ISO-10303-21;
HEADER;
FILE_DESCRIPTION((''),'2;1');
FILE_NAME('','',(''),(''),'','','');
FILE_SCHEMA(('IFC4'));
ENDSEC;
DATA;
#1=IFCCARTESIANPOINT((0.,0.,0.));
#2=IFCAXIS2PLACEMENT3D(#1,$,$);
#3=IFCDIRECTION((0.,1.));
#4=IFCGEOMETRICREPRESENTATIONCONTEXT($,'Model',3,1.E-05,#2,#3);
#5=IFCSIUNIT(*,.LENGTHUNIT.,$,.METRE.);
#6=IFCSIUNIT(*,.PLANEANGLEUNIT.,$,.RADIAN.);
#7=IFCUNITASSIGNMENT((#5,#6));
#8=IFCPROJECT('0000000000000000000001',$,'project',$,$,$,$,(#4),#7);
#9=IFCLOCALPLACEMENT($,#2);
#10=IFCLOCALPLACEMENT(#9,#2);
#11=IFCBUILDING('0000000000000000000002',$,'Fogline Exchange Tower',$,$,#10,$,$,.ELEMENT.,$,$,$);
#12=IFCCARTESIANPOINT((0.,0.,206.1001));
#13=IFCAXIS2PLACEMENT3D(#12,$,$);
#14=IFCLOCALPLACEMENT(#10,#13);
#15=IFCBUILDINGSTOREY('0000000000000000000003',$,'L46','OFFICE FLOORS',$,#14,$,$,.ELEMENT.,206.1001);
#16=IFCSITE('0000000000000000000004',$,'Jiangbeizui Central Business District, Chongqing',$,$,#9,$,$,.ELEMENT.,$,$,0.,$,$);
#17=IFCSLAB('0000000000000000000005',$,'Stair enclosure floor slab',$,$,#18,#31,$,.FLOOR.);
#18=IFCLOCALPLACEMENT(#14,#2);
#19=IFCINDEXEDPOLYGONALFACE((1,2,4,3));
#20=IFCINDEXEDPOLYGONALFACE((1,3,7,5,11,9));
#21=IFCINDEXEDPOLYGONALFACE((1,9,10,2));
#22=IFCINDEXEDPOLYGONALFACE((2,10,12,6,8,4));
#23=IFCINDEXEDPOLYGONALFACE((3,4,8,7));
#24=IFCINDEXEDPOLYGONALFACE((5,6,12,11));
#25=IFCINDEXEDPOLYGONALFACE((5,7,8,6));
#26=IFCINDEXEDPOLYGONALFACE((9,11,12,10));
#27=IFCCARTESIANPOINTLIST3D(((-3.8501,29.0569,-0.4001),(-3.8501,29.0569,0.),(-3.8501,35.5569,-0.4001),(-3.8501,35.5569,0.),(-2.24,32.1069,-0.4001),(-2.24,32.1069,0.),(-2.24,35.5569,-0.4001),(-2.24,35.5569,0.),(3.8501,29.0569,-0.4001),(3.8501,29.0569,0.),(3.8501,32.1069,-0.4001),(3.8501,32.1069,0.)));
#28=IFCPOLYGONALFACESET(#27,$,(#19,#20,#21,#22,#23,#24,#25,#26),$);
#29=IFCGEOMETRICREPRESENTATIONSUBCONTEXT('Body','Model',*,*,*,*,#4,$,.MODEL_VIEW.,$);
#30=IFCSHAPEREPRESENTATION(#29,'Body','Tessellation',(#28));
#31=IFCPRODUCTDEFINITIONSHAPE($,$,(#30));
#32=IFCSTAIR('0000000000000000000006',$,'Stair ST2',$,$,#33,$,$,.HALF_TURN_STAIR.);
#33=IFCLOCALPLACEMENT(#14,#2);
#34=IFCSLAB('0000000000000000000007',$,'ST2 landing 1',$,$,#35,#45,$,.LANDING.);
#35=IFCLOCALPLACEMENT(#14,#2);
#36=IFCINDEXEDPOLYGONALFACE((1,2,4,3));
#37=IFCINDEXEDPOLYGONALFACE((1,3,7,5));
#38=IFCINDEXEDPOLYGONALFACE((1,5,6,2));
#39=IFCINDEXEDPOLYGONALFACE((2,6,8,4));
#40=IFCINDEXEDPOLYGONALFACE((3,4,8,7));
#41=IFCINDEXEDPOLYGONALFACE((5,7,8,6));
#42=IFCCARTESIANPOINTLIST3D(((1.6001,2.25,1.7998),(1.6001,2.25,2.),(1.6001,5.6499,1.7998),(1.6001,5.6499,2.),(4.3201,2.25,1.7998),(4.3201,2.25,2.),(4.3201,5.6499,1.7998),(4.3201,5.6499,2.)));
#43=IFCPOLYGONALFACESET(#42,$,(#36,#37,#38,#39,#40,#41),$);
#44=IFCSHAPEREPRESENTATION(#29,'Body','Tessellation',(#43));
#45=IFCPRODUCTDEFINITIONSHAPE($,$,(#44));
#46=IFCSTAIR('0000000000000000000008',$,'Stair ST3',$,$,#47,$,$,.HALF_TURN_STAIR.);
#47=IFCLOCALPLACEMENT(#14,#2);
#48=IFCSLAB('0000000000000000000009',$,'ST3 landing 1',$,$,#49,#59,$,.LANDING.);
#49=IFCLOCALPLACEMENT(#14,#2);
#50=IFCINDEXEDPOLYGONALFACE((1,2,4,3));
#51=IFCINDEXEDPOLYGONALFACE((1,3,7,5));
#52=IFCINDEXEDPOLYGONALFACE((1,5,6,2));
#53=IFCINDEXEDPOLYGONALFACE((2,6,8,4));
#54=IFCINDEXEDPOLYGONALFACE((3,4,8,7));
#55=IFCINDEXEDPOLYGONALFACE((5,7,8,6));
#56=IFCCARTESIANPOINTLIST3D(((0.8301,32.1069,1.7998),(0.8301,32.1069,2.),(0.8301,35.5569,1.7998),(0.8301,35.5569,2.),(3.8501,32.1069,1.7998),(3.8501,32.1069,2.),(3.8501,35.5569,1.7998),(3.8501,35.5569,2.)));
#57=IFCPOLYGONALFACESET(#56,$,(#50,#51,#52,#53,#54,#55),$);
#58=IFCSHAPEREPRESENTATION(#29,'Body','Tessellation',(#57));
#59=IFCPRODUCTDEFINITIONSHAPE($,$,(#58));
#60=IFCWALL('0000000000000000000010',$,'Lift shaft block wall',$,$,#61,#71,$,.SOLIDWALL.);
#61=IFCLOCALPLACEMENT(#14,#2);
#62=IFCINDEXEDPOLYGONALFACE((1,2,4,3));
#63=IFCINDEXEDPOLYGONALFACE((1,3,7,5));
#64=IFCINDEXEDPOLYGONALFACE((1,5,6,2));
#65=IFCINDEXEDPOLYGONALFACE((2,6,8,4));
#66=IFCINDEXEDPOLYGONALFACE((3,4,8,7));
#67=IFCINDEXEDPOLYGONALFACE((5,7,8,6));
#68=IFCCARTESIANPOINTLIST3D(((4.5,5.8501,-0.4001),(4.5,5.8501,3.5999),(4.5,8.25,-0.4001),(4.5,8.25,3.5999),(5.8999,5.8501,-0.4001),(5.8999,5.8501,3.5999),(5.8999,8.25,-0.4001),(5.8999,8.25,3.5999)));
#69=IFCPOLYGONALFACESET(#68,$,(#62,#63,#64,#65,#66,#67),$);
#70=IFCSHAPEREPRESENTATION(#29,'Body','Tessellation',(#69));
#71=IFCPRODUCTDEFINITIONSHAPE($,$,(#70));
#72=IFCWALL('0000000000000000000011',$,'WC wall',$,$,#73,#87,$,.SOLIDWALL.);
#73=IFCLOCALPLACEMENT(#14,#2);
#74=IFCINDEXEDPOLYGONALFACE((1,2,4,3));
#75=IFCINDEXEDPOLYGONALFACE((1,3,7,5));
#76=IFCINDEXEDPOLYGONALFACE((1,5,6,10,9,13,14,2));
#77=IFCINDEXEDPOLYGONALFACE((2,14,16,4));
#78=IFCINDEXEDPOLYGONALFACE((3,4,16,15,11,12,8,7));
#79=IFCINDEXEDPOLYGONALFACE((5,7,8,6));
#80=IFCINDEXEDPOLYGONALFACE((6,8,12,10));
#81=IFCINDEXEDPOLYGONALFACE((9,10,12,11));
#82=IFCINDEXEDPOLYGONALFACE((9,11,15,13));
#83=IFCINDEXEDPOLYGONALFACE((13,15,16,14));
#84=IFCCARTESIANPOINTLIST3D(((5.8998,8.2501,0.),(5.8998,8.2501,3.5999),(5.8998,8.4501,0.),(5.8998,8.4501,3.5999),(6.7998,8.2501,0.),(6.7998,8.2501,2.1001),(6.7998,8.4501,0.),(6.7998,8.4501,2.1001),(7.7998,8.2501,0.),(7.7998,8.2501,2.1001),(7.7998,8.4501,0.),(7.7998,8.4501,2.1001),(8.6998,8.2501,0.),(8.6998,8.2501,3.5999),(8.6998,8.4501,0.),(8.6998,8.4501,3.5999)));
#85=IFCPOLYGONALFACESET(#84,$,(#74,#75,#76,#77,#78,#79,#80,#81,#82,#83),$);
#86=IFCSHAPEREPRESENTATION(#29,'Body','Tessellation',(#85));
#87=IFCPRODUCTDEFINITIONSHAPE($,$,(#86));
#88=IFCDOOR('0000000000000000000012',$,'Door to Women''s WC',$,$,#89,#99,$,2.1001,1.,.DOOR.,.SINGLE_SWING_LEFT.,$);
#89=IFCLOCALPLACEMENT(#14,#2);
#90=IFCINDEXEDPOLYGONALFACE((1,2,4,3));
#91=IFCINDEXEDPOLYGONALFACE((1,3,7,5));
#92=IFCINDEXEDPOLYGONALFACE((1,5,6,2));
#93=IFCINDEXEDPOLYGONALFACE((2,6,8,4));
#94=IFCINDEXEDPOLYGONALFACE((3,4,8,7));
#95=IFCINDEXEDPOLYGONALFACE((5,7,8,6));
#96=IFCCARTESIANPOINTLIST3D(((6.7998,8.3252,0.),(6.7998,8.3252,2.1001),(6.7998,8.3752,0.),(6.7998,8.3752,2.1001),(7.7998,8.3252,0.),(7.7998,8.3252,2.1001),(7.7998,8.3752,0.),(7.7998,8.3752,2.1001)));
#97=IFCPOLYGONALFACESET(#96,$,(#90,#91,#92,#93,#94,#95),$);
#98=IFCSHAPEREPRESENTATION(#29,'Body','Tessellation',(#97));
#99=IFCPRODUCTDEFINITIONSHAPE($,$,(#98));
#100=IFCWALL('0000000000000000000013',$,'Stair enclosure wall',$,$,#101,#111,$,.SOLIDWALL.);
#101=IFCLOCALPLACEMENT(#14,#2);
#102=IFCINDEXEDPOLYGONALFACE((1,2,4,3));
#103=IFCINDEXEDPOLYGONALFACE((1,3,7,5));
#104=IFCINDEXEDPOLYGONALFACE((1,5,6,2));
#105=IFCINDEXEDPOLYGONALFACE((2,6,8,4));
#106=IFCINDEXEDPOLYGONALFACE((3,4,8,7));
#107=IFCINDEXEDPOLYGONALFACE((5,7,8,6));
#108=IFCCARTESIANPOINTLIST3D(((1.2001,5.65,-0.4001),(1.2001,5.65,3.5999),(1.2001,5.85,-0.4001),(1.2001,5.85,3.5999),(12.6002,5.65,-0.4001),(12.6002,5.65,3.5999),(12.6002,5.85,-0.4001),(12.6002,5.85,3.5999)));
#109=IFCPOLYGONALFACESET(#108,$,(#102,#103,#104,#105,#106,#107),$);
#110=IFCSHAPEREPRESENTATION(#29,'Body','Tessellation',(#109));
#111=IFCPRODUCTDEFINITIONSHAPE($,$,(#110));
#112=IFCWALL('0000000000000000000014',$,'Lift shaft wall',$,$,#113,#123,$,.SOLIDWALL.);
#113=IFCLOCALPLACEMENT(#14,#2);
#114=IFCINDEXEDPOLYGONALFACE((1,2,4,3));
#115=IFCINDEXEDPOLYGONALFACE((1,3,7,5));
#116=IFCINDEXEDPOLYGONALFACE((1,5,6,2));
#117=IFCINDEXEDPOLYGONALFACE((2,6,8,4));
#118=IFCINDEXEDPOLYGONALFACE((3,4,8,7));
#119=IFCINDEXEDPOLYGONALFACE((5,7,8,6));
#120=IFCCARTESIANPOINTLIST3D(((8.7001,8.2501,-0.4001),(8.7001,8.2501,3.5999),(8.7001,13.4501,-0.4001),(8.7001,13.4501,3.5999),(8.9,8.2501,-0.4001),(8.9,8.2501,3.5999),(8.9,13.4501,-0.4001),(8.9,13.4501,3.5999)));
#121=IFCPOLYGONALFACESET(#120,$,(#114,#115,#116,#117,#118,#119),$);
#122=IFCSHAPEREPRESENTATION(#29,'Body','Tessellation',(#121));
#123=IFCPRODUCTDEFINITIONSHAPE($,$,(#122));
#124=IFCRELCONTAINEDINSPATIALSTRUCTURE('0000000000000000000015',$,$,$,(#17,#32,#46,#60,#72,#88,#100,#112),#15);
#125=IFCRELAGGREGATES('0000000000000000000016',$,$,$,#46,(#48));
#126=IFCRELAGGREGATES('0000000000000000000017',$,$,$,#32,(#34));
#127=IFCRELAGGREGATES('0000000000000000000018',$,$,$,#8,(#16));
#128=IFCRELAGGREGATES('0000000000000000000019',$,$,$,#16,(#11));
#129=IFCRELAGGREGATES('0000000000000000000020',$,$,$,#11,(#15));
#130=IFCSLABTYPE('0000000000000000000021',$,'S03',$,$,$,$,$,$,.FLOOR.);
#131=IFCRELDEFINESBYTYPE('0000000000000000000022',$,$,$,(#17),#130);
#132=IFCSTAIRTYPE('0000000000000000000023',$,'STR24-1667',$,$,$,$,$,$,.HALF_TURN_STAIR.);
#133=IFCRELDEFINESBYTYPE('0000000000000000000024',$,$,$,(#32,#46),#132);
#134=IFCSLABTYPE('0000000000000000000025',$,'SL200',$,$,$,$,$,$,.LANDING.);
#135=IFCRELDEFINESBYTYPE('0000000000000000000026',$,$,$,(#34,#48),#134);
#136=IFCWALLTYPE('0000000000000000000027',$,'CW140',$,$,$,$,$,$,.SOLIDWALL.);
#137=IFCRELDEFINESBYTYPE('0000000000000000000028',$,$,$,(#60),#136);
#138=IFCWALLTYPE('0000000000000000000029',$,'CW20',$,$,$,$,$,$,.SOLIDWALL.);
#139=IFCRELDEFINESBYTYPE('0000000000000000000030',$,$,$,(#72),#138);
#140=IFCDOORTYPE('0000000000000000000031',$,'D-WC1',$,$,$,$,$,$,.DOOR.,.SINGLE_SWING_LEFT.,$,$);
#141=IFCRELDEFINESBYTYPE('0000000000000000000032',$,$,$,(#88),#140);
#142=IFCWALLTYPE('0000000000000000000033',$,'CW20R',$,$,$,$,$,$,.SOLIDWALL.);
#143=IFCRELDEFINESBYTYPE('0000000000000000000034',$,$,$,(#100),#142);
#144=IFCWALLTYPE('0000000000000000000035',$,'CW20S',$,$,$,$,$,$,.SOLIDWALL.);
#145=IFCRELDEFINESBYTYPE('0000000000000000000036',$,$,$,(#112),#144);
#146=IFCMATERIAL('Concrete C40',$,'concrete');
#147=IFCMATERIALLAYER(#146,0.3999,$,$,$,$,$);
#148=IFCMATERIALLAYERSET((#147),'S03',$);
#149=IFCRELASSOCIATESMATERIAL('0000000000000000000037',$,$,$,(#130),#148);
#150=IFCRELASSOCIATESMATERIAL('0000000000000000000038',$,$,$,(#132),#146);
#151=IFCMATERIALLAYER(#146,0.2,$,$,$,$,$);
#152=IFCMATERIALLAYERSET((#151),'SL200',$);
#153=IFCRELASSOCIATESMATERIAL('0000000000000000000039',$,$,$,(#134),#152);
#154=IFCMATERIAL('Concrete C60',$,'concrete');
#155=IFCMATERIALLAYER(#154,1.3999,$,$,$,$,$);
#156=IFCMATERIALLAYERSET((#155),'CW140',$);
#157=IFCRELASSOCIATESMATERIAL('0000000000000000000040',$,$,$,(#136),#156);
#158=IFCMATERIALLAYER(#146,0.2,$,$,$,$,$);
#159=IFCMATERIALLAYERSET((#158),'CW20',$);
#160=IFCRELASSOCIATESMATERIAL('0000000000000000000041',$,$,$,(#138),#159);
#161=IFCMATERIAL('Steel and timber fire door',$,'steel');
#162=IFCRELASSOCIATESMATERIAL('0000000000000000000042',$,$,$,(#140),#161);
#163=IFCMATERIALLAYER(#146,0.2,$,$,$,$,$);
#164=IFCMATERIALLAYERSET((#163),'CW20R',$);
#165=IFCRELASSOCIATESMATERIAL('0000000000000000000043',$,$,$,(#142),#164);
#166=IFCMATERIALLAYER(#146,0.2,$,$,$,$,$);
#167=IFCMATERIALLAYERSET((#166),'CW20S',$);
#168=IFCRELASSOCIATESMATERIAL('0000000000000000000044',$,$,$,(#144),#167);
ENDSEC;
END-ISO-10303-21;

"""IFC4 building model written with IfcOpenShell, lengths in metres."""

from ifc_helpers import new_model, si_unit, direction, frame, frame_2d, origin, place, context, subcontext, project, spatial, polyline, rectangle, outline, extrude, material, layer, layer_set, type_object, element, fill, aggregate, save


model = new_model("IFC4")

# Units and contexts
model_context = context("Model", 3, precision=1e-05, world=origin(), true_north=direction((0.0, 1.0)))
body_context = subcontext(model_context, "Body", "Model", "MODEL_VIEW")
ifc_project = project(units=[si_unit("LENGTHUNIT", "METRE"), si_unit("PLANEANGLEUNIT", "RADIAN")], contexts=[model_context])

# Site, building, storey
site_placement = place(None, origin())
site = spatial("IfcSite", under=ifc_project, at=site_placement, Name="Jiangbeizui Central Business District, Chongqing", CompositionType="ELEMENT", RefElevation=0.0)
building_placement = place(site_placement, origin())
building = spatial("IfcBuilding", under=site, at=building_placement, Name="Fogline Exchange Tower", CompositionType="ELEMENT")
storey_placement = place(building_placement, frame((0.0, 0.0, 206.1001)))
storey = spatial("IfcBuildingStorey", under=building, at=storey_placement, Name="L46", Description="OFFICE FLOORS", CompositionType="ELEMENT", Elevation=206.1001)

# Slab
ifc_material_1 = material(Name="Concrete C40", Category="concrete")
ifc_layer_1 = layer(ifc_material_1, 0.3999)
ifc_layer_set_1 = layer_set([ifc_layer_1], Name="S03")
slab_type_1 = type_object("IfcSlabType", Name="S03", PredefinedType="FLOOR", material=ifc_layer_set_1)
slab_1_placement = place(storey_placement, frame((0.0, 0.0, -0.4001)))
element("IfcSlab", 1, at=slab_1_placement, inside=storey, type_object=slab_type_1, Name="Stair enclosure floor slab", PredefinedType="FLOOR", context=body_context, shape_type="SweptSolid", body=[
    extrude(outline(polyline([(3.8501, 29.0569), (-3.8501, 29.0569), (-3.8501, 35.5569), (-2.24, 35.5569), (-2.24, 32.1069), (3.8501, 32.1069), (3.8501, 29.0569)])), origin(), (0.0, 0.0, 1.0), 0.4001),
])

# Stairs, slabs
stair_type = type_object("IfcStairType", Name="STR24-1667", PredefinedType="HALF_TURN_STAIR", material=ifc_material_1)
stair_1_placement = place(storey_placement, origin())
stair_1 = element("IfcStair", 2, at=stair_1_placement, inside=storey, type_object=stair_type, Name="Stair ST2", PredefinedType="HALF_TURN_STAIR")
ifc_layer_2 = layer(ifc_material_1, 0.2)
ifc_layer_set_2 = layer_set([ifc_layer_2], Name="SL200")
slab_type_2 = type_object("IfcSlabType", Name="SL200", PredefinedType="LANDING", material=ifc_layer_set_2)
slab_2_placement = place(storey_placement, frame((0.0, 0.0, 1.7998)))
slab_2 = element("IfcSlab", 3, at=slab_2_placement, type_object=slab_type_2, Name="ST2 landing 1", PredefinedType="LANDING", context=body_context, shape_type="SweptSolid", body=[
    extrude(outline(polyline([(1.6001, 2.25), (4.3201, 2.25), (4.3201, 5.6499), (1.6001, 5.6499), (1.6001, 2.25)])), origin(), (0.0, 0.0, 1.0), 0.2002),
])
stair_2_placement = place(storey_placement, origin())
stair_2 = element("IfcStair", 4, at=stair_2_placement, inside=storey, type_object=stair_type, Name="Stair ST3", PredefinedType="HALF_TURN_STAIR")
slab_3_placement = place(storey_placement, frame((0.0, 0.0, 1.7998)))
slab_3 = element("IfcSlab", 5, at=slab_3_placement, type_object=slab_type_2, Name="ST3 landing 1", PredefinedType="LANDING", context=body_context, shape_type="SweptSolid", body=[
    extrude(outline(polyline([(0.8301, 32.1069), (3.8501, 32.1069), (3.8501, 35.5569), (0.8301, 35.5569), (0.8301, 32.1069)])), origin(), (0.0, 0.0, 1.0), 0.2002),
])
aggregate(stair_2, [slab_3])

# Wall
ifc_material_2 = material(Name="Concrete C60", Category="concrete")
ifc_layer_3 = layer(ifc_material_2, 1.3999)
ifc_layer_set_3 = layer_set([ifc_layer_3], Name="CW140")
wall_type_1 = type_object("IfcWallType", Name="CW140", PredefinedType="SOLIDWALL", material=ifc_layer_set_3)
wall_1_placement = place(storey_placement, frame((5.2, 5.8501, -0.4001), z_axis=(0.0, 0.0, 1.0), x_axis=(0.0, 1.0, 0.0)))
element("IfcWall", 6, at=wall_1_placement, inside=storey, type_object=wall_type_1, Name="Lift shaft block wall", PredefinedType="SOLIDWALL", context=body_context, shape_type="SweptSolid", body=[
    extrude(rectangle(XDim=2.3999, YDim=1.3999, at=frame_2d((1.2, 0.0))), origin(), (0.0, 0.0, 1.0), 4.0),
])

# Wall, opening, door
ifc_layer_4 = layer(ifc_material_1, 0.2)
ifc_layer_set_4 = layer_set([ifc_layer_4], Name="CW20")
wall_type_2 = type_object("IfcWallType", Name="CW20", PredefinedType="SOLIDWALL", material=ifc_layer_set_4)
wall_2_placement = place(storey_placement, frame((5.8999, 8.3501, 0.0), z_axis=(0.0, 0.0, 1.0), x_axis=(1.0, 0.0, 0.0)))
wall_2 = element("IfcWall", 7, at=wall_2_placement, inside=storey, type_object=wall_type_2, Name="WC wall", PredefinedType="SOLIDWALL", context=body_context, shape_type="SweptSolid", body=[
    extrude(rectangle(XDim=2.8, YDim=0.2, at=frame_2d((1.3999, 0.0))), origin(), (0.0, 0.0, 1.0), 3.5999),
])
opening_1_placement = place(wall_2_placement, frame((0.8999, 0.0, 0.0)))
opening_1 = element("IfcOpeningElement", 8, at=opening_1_placement, cuts=wall_2, PredefinedType="OPENING", context=body_context, shape_type="SweptSolid", body=[
    extrude(rectangle(XDim=1.0, YDim=2.1001, at=frame_2d((0.5, 1.05))), frame((0.0, 0.1099, 0.0), z_axis=(0.0, -1.0, 0.0), x_axis=(1.0, 0.0, 0.0)), (0.0, 0.0, 1.0), 0.22),
])
ifc_material_3 = material(Name="Steel and timber fire door", Category="steel")
door_type_1 = type_object("IfcDoorType", Name="D-WC1", OperationType="SINGLE_SWING_LEFT", PredefinedType="DOOR", material=ifc_material_3)
door_1_placement = place(opening_1_placement, frame((1.0, 0.0, 0.0), z_axis=(0.0, 0.0, 1.0), x_axis=(-1.0, 0.0, 0.0)))
door_1 = element("IfcDoor", 9, at=door_1_placement, inside=storey, type_object=door_type_1, Name="Door to Women's WC", OperationType="SINGLE_SWING_LEFT", OverallHeight=2.1001, OverallWidth=1.0, PredefinedType="DOOR", context=body_context, shape_type="SweptSolid", body=[
    extrude(rectangle(XDim=1.0, YDim=2.1001, at=frame_2d((0.5, 1.05))), frame((0.0, 0.0249, 0.0), z_axis=(0.0, -1.0, 0.0), x_axis=(1.0, 0.0, 0.0)), (0.0, 0.0, 1.0), 0.05),
])
fill(opening_1, door_1)

# Walls
ifc_layer_5 = layer(ifc_material_1, 0.2)
ifc_layer_set_5 = layer_set([ifc_layer_5], Name="CW20R")
wall_type_3 = type_object("IfcWallType", Name="CW20R", PredefinedType="SOLIDWALL", material=ifc_layer_set_5)
wall_3_placement = place(storey_placement, frame((1.2, 5.75, -0.4001), z_axis=(0.0, 0.0, 1.0), x_axis=(1.0, 0.0, 0.0)))
element("IfcWall", 10, at=wall_3_placement, inside=storey, type_object=wall_type_3, Name="Stair enclosure wall", PredefinedType="SOLIDWALL", context=body_context, shape_type="SweptSolid", body=[
    extrude(rectangle(XDim=11.4001, YDim=0.2, at=frame_2d((5.7002, 0.0))), origin(), (0.0, 0.0, 1.0), 4.0),
])
ifc_layer_6 = layer(ifc_material_1, 0.2)
ifc_layer_set_6 = layer_set([ifc_layer_6], Name="CW20S")
wall_type_4 = type_object("IfcWallType", Name="CW20S", PredefinedType="SOLIDWALL", material=ifc_layer_set_6)
wall_4_placement = place(storey_placement, frame((8.8, 8.25, -0.4001), z_axis=(0.0, 0.0, 1.0), x_axis=(0.0, 1.0, 0.0)))
element("IfcWall", 11, at=wall_4_placement, inside=storey, type_object=wall_type_4, Name="Lift shaft wall", PredefinedType="SOLIDWALL", context=body_context, shape_type="SweptSolid", body=[
    extrude(rectangle(XDim=5.2, YDim=0.2, at=frame_2d((2.6001, 0.0))), origin(), (0.0, 0.0, 1.0), 4.0),
])

aggregate(stair_1, [slab_2])

save(model, "model.ifc")
